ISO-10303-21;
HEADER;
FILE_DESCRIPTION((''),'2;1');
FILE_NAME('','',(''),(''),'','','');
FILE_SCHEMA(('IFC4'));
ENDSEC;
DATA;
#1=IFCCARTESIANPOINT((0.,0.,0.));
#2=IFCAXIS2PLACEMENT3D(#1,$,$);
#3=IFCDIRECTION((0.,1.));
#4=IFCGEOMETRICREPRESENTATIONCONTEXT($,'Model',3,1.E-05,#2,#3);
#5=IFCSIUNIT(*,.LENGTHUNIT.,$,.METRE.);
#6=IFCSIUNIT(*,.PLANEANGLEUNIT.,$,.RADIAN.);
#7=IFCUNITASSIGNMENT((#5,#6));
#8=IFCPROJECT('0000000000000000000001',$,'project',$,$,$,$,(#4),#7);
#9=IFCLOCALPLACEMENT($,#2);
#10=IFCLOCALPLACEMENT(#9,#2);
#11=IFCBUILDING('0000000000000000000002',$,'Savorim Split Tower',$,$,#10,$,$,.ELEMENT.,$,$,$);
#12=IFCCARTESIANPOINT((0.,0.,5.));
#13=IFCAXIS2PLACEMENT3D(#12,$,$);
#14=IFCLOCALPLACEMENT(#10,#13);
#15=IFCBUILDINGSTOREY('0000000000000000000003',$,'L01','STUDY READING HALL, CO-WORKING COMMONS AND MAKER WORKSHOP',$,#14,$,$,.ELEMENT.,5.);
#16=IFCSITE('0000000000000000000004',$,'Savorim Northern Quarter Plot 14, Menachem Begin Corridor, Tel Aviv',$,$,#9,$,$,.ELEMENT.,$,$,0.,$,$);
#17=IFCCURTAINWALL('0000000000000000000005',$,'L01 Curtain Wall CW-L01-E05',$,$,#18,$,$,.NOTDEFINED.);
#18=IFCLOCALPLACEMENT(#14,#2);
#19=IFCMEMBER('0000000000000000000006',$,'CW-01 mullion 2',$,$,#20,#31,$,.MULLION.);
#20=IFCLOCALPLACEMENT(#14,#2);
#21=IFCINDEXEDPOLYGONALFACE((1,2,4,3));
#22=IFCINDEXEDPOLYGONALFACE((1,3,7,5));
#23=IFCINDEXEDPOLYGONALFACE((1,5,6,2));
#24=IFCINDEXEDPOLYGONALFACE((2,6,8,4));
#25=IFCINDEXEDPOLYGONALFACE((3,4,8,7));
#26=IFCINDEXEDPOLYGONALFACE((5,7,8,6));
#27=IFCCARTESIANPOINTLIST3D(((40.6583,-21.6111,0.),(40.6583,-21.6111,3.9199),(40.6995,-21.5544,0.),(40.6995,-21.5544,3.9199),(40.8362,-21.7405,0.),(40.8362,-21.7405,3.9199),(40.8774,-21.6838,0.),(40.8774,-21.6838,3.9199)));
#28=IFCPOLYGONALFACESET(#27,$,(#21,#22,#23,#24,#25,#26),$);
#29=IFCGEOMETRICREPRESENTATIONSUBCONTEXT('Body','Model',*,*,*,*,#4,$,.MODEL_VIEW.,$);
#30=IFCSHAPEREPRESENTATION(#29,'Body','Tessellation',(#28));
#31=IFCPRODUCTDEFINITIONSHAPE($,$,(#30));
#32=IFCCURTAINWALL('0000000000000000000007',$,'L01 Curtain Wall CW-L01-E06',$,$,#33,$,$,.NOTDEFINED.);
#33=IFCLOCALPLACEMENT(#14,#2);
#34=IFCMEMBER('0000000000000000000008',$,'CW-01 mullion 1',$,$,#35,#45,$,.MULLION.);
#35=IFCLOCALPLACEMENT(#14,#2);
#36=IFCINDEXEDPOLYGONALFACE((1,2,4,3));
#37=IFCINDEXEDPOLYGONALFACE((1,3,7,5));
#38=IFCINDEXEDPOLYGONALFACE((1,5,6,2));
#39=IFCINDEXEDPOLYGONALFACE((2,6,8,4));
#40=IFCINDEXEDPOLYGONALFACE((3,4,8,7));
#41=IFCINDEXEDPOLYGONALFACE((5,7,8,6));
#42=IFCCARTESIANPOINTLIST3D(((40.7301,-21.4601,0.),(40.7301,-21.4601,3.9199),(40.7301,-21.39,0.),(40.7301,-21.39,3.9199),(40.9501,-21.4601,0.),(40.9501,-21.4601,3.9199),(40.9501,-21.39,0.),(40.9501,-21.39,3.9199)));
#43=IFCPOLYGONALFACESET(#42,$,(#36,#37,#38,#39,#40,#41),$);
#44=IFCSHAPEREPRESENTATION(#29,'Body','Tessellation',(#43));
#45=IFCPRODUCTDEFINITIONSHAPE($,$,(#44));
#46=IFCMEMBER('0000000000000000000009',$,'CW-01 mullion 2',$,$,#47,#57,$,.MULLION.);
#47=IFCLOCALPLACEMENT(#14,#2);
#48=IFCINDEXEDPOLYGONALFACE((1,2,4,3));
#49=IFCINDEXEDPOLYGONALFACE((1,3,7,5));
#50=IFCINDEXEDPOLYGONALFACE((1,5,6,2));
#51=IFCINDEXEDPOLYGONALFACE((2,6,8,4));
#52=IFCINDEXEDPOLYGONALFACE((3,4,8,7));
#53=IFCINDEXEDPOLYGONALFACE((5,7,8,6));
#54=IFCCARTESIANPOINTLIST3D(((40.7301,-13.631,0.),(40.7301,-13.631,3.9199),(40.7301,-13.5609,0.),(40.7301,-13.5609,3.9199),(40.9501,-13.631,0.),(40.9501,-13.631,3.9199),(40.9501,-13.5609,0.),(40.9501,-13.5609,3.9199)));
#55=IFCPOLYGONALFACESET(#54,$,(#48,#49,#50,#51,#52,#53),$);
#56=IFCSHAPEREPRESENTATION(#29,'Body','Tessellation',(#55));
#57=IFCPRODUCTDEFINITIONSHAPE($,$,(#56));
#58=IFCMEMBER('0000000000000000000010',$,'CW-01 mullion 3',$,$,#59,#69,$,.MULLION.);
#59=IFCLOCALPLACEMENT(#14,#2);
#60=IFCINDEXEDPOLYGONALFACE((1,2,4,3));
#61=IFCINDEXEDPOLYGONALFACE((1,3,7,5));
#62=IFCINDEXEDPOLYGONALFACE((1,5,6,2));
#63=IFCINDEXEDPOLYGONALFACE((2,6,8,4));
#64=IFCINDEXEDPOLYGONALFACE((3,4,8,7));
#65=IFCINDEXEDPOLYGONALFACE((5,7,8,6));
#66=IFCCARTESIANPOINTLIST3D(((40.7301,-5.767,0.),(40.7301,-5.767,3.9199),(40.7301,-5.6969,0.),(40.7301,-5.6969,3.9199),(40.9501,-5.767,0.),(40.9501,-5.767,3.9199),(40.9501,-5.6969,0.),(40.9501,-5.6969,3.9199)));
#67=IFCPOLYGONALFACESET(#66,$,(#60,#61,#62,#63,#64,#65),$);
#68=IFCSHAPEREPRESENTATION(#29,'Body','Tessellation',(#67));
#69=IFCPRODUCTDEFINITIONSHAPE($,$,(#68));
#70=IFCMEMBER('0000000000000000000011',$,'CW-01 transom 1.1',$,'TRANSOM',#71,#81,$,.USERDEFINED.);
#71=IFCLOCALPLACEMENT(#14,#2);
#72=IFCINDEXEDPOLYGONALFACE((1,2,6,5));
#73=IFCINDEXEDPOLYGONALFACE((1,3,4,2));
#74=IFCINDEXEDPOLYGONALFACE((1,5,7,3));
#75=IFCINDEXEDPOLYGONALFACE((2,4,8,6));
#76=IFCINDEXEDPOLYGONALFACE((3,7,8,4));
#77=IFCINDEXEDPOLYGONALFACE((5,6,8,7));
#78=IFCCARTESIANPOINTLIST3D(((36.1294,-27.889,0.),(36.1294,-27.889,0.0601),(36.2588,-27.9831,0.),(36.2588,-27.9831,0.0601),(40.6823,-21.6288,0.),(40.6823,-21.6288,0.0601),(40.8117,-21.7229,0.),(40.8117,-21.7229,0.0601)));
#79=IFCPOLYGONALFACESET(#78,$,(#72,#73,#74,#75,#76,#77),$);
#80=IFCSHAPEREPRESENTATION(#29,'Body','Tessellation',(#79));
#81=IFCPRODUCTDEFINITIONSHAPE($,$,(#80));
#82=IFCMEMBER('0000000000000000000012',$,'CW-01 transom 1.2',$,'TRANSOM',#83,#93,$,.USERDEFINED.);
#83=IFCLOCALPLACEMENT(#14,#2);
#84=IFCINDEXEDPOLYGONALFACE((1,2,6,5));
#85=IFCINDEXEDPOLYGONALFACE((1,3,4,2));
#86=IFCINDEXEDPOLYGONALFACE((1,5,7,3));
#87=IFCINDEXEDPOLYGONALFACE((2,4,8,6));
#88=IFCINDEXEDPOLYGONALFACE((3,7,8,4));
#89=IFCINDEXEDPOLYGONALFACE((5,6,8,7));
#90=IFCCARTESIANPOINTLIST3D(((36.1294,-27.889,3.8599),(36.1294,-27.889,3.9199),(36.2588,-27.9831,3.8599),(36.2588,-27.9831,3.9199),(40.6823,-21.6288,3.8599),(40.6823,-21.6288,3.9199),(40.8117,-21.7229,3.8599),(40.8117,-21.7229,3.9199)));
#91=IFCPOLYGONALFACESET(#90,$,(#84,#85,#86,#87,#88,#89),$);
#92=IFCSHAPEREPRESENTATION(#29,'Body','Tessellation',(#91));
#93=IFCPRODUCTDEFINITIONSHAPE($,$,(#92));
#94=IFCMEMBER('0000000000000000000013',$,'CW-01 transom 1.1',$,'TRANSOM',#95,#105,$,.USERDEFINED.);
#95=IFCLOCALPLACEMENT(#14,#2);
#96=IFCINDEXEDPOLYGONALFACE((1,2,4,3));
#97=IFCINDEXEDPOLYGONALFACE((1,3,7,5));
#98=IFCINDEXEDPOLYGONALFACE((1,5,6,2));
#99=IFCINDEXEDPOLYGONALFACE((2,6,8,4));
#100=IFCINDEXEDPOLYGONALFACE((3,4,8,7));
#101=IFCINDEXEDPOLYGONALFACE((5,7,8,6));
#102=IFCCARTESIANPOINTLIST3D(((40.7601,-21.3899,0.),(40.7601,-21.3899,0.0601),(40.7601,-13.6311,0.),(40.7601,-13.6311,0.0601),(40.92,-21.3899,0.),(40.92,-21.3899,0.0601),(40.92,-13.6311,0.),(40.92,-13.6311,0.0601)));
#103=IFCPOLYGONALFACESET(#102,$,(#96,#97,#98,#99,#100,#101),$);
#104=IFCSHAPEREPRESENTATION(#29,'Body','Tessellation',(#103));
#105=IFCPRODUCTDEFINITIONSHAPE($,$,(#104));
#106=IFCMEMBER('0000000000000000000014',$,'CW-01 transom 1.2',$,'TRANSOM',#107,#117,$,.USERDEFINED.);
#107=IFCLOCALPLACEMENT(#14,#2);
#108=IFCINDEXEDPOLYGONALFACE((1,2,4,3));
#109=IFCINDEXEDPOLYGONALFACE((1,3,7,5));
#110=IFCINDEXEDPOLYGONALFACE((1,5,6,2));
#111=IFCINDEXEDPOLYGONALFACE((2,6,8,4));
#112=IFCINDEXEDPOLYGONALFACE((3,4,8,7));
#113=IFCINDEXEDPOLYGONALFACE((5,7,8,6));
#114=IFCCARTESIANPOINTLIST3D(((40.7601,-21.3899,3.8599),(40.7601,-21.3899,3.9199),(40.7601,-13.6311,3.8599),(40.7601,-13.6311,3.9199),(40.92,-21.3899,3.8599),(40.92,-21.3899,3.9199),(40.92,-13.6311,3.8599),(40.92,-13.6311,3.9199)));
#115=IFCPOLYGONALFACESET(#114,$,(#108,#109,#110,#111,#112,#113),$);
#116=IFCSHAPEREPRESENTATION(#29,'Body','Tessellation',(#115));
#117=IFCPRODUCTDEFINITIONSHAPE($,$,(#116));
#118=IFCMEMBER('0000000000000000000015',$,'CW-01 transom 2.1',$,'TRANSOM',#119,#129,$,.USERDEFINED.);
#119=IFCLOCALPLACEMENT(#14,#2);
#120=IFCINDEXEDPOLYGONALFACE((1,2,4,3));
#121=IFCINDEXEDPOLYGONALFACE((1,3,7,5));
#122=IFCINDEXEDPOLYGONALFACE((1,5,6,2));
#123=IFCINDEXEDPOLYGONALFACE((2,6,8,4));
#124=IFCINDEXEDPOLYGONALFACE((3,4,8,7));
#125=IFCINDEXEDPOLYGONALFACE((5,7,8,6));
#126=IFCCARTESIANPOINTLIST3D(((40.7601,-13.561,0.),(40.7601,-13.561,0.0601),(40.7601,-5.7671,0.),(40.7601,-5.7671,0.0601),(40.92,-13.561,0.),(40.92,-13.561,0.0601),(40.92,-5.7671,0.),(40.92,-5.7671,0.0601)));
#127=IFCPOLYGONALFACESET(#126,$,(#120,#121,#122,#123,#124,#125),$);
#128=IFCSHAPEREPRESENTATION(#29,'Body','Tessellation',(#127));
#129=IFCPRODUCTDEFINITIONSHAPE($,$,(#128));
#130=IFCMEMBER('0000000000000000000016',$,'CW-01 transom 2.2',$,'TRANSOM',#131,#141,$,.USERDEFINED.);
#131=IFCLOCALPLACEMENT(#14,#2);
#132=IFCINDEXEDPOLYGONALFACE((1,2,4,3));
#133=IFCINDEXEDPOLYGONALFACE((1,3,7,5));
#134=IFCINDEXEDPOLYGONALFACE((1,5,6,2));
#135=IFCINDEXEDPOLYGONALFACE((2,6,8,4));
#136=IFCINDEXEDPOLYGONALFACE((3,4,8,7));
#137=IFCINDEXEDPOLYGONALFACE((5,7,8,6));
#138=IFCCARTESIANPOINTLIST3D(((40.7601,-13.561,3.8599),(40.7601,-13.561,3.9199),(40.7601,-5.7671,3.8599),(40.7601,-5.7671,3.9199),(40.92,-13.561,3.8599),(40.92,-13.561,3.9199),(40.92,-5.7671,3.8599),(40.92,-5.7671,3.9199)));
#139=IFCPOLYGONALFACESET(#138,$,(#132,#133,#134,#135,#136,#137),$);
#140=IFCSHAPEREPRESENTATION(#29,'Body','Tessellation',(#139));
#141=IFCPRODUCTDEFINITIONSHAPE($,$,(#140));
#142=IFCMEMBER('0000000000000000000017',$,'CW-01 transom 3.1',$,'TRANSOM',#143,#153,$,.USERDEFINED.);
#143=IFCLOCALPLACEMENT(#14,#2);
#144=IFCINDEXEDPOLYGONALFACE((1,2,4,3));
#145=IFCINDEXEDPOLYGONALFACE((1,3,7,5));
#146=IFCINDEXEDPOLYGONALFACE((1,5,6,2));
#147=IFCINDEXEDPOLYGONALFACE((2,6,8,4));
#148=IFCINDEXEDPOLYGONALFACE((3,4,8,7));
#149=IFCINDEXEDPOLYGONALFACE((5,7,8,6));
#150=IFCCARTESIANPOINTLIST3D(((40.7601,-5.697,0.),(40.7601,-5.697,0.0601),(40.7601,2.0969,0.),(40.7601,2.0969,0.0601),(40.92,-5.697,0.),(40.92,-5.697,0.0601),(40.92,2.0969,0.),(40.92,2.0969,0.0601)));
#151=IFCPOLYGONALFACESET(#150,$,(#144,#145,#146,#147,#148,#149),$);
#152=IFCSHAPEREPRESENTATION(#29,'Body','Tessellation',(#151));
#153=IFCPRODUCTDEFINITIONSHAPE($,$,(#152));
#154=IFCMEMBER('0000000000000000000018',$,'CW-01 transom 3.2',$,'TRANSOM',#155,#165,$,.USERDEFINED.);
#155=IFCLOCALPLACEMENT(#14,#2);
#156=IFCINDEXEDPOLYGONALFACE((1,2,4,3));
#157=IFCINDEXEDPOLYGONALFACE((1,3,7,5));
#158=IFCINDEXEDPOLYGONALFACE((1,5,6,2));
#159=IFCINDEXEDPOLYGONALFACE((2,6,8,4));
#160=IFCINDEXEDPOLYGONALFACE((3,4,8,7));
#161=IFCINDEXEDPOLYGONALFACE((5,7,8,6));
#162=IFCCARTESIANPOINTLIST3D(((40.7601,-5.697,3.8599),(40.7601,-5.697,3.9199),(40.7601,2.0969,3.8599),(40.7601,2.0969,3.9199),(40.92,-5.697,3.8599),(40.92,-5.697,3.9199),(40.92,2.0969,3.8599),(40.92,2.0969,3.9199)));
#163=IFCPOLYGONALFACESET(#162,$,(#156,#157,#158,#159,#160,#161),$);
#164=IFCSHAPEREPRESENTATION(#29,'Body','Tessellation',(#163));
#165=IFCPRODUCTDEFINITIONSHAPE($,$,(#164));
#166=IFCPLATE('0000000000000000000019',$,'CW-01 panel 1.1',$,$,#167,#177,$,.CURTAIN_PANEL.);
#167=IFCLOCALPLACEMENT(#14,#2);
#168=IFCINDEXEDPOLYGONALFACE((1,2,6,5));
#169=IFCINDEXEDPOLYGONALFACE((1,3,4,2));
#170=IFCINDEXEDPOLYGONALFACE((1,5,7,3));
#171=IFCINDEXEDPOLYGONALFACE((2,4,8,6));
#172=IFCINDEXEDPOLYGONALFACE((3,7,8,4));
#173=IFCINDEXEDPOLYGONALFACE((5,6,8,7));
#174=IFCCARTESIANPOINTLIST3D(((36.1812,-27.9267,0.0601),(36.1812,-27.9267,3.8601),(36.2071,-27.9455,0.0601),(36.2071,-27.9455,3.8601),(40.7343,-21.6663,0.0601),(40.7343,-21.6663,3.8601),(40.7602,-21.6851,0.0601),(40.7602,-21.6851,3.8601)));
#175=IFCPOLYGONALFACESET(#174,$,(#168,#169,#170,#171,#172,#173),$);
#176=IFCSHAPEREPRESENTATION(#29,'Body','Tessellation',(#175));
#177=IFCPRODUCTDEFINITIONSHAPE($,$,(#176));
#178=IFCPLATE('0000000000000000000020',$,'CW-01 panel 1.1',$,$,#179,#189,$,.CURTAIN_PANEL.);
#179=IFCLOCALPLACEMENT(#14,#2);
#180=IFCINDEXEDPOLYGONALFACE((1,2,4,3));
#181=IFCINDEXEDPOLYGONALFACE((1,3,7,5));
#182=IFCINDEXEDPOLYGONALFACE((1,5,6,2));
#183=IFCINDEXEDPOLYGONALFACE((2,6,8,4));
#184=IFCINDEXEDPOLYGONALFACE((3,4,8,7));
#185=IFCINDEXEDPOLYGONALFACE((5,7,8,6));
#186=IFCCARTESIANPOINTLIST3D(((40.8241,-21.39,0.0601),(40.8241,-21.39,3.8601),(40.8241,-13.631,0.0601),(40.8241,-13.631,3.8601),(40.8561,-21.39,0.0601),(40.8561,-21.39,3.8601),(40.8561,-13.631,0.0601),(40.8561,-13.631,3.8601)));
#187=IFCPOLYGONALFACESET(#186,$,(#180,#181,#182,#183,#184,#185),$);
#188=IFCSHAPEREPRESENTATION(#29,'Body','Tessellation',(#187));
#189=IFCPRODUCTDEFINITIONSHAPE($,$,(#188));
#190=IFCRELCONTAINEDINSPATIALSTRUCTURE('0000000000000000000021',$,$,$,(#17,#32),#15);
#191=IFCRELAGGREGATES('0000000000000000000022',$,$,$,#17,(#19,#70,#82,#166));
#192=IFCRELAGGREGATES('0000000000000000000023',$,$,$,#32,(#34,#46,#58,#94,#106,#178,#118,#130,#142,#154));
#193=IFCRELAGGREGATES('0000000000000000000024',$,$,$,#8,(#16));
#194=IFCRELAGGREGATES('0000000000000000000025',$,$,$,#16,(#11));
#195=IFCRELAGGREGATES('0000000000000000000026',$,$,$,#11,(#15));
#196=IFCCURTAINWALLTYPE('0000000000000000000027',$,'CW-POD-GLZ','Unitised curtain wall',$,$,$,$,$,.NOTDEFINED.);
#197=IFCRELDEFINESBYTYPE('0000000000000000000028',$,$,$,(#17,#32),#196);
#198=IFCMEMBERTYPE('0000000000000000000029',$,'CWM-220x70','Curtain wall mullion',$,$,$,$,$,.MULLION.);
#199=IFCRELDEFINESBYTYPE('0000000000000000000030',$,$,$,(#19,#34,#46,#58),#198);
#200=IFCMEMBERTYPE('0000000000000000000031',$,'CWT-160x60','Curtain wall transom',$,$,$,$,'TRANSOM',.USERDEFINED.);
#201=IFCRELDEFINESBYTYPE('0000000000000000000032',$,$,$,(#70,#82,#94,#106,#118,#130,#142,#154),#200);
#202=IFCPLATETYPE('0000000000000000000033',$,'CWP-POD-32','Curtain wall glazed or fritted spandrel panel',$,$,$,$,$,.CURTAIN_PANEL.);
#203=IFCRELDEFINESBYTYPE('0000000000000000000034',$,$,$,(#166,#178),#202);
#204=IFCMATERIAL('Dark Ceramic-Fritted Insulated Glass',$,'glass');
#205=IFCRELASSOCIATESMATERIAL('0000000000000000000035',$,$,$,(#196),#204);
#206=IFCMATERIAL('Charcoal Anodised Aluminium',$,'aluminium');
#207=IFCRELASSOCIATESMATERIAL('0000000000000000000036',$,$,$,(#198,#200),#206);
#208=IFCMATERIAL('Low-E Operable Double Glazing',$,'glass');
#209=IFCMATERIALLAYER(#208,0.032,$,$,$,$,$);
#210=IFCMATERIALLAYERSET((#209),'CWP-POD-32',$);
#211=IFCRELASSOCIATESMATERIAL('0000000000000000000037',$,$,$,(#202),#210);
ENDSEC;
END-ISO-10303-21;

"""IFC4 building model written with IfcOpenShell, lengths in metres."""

from ifc_helpers import new_model, si_unit, direction, frame, origin, origin_2d, place, context, subcontext, project, spatial, rectangle, extrude, material, layer, layer_set, material_profile, profile_set, type_object, element, aggregate, save


model = new_model("IFC4")

# Units and contexts
model_context = context("Model", 3, precision=1e-05, world=origin(), true_north=direction((0.0, 1.0)))
body_context = subcontext(model_context, "Body", "Model", "MODEL_VIEW")
ifc_project = project(units=[si_unit("LENGTHUNIT", "METRE"), si_unit("PLANEANGLEUNIT", "RADIAN")], contexts=[model_context])

# Site, building, storey
site_placement = place(None, origin())
site = spatial("IfcSite", under=ifc_project, at=site_placement, Name="Savorim Northern Quarter Plot 14, Menachem Begin Corridor, Tel Aviv", CompositionType="ELEMENT", RefElevation=0.0)
building_placement = place(site_placement, origin())
building = spatial("IfcBuilding", under=site, at=building_placement, Name="Savorim Split Tower", CompositionType="ELEMENT")
storey_placement = place(building_placement, frame((0.0, 0.0, 5.0)))
storey = spatial("IfcBuildingStorey", under=building, at=storey_placement, Name="L01", Description="STUDY READING HALL, CO-WORKING COMMONS AND MAKER WORKSHOP", CompositionType="ELEMENT", Elevation=5.0)

# Shared definitions
ifc_material_1 = material(Name="Dark Ceramic-Fritted Insulated Glass", Category="glass")
curtain_wall_type = type_object("IfcCurtainWallType", Name="CW-POD-GLZ", Description="Unitised curtain wall", PredefinedType="NOTDEFINED", material=ifc_material_1)
ifc_material_2 = material(Name="Charcoal Anodised Aluminium", Category="aluminium")
ifc_material_profile_1 = material_profile(ifc_material_2, rectangle(XDim=0.22, YDim=0.0701, at=origin_2d()), Name="ALU-M 220x70")
ifc_profile_set_1 = profile_set([ifc_material_profile_1], Name="Charcoal Anodised Aluminium")
member_type_1 = type_object("IfcMemberType", Name="CWM-220x70", Description="Curtain wall mullion", PredefinedType="MULLION", material=ifc_profile_set_1)

# Curtain walls, members
curtain_wall_1_placement = place(storey_placement, origin())
curtain_wall_1 = element("IfcCurtainWall", 1, at=curtain_wall_1_placement, inside=storey, type_object=curtain_wall_type, Name="L01 Curtain Wall CW-L01-E05", PredefinedType="NOTDEFINED")
member_1_placement = place(storey_placement, frame((40.7678, -21.6475, 0.0), z_axis=(0.0, 0.0, 1.0), x_axis=(-0.808733, 0.588176, 0.0)))
member_1 = element("IfcMember", 2, at=member_1_placement, type_object=member_type_1, Name="CW-01 mullion 2", PredefinedType="MULLION", context=body_context, shape_type="SweptSolid", body=[
    extrude(rectangle(XDim=0.22, YDim=0.0701, at=origin_2d()), origin(), (0.0, 0.0, 1.0), 3.9199),
])
curtain_wall_2_placement = place(storey_placement, origin())
curtain_wall_2 = element("IfcCurtainWall", 3, at=curtain_wall_2_placement, inside=storey, type_object=curtain_wall_type, Name="L01 Curtain Wall CW-L01-E06", PredefinedType="NOTDEFINED")
member_2_placement = place(storey_placement, frame((40.8401, -21.425, 0.0), z_axis=(0.0, 0.0, 1.0), x_axis=(-1.0, 0.0, 0.0)))
member_2 = element("IfcMember", 4, at=member_2_placement, type_object=member_type_1, Name="CW-01 mullion 1", PredefinedType="MULLION", context=body_context, shape_type="SweptSolid", body=[
    extrude(rectangle(XDim=0.22, YDim=0.0701, at=origin_2d()), origin(), (0.0, 0.0, 1.0), 3.9199),
])
member_3_placement = place(storey_placement, frame((40.8401, -13.5959, 0.0), z_axis=(0.0, 0.0, 1.0), x_axis=(-1.0, 0.0, 0.0)))
member_3 = element("IfcMember", 5, at=member_3_placement, type_object=member_type_1, Name="CW-01 mullion 2", PredefinedType="MULLION", context=body_context, shape_type="SweptSolid", body=[
    extrude(rectangle(XDim=0.22, YDim=0.0701, at=origin_2d()), origin(), (0.0, 0.0, 1.0), 3.9199),
])
member_4_placement = place(storey_placement, frame((40.8401, -5.7319, 0.0), z_axis=(0.0, 0.0, 1.0), x_axis=(-1.0, 0.0, 0.0)))
member_4 = element("IfcMember", 6, at=member_4_placement, type_object=member_type_1, Name="CW-01 mullion 3", PredefinedType="MULLION", context=body_context, shape_type="SweptSolid", body=[
    extrude(rectangle(XDim=0.22, YDim=0.0701, at=origin_2d()), origin(), (0.0, 0.0, 1.0), 3.9199),
])

# Members
ifc_material_profile_2 = material_profile(ifc_material_2, rectangle(XDim=0.1599, YDim=0.0601, at=origin_2d()), Name="ALU-T 160x60")
ifc_profile_set_2 = profile_set([ifc_material_profile_2], Name="Charcoal Anodised Aluminium")
member_type_2 = type_object("IfcMemberType", Name="CWT-160x60", Description="Curtain wall transom", ElementType="TRANSOM", PredefinedType="USERDEFINED", material=ifc_profile_set_2)
member_5_placement = place(storey_placement, frame((36.1941, -27.936, 0.03), z_axis=(0.588177, 0.808732, 0.0), x_axis=(-0.808732, 0.588177, 0.0)))
member_5 = element("IfcMember", 7, at=member_5_placement, type_object=member_type_2, Name="CW-01 transom 1.1", ObjectType="TRANSOM", PredefinedType="USERDEFINED", context=body_context, shape_type="SweptSolid", body=[
    extrude(rectangle(XDim=0.1599, YDim=0.0601, at=origin_2d()), origin(), (0.0, 0.0, 1.0), 7.7407),
])
member_6_placement = place(storey_placement, frame((36.1941, -27.936, 3.8899), z_axis=(0.588177, 0.808732, 0.0), x_axis=(-0.808732, 0.588177, 0.0)))
member_6 = element("IfcMember", 8, at=member_6_placement, type_object=member_type_2, Name="CW-01 transom 1.2", ObjectType="TRANSOM", PredefinedType="USERDEFINED", context=body_context, shape_type="SweptSolid", body=[
    extrude(rectangle(XDim=0.1599, YDim=0.0601, at=origin_2d()), origin(), (0.0, 0.0, 1.0), 7.7407),
])
member_7_placement = place(storey_placement, frame((40.8401, -21.3899, 0.03), z_axis=(0.0, 1.0, 0.0), x_axis=(-1.0, 0.0, 0.0)))
member_7 = element("IfcMember", 9, at=member_7_placement, type_object=member_type_2, Name="CW-01 transom 1.1", ObjectType="TRANSOM", PredefinedType="USERDEFINED", context=body_context, shape_type="SweptSolid", body=[
    extrude(rectangle(XDim=0.1599, YDim=0.0601, at=origin_2d()), origin(), (0.0, 0.0, 1.0), 7.7588),
])
member_8_placement = place(storey_placement, frame((40.8401, -21.3899, 3.8899), z_axis=(0.0, 1.0, 0.0), x_axis=(-1.0, 0.0, 0.0)))
member_8 = element("IfcMember", 10, at=member_8_placement, type_object=member_type_2, Name="CW-01 transom 1.2", ObjectType="TRANSOM", PredefinedType="USERDEFINED", context=body_context, shape_type="SweptSolid", body=[
    extrude(rectangle(XDim=0.1599, YDim=0.0601, at=origin_2d()), origin(), (0.0, 0.0, 1.0), 7.7588),
])
member_9_placement = place(storey_placement, frame((40.8401, -13.561, 0.03), z_axis=(0.0, 1.0, 0.0), x_axis=(-1.0, 0.0, 0.0)))
member_9 = element("IfcMember", 11, at=member_9_placement, type_object=member_type_2, Name="CW-01 transom 2.1", ObjectType="TRANSOM", PredefinedType="USERDEFINED", context=body_context, shape_type="SweptSolid", body=[
    extrude(rectangle(XDim=0.1599, YDim=0.0601, at=origin_2d()), origin(), (0.0, 0.0, 1.0), 7.7939),
])
member_10_placement = place(storey_placement, frame((40.8401, -13.561, 3.8899), z_axis=(0.0, 1.0, 0.0), x_axis=(-1.0, 0.0, 0.0)))
member_10 = element("IfcMember", 12, at=member_10_placement, type_object=member_type_2, Name="CW-01 transom 2.2", ObjectType="TRANSOM", PredefinedType="USERDEFINED", context=body_context, shape_type="SweptSolid", body=[
    extrude(rectangle(XDim=0.1599, YDim=0.0601, at=origin_2d()), origin(), (0.0, 0.0, 1.0), 7.7939),
])
member_11_placement = place(storey_placement, frame((40.8401, -5.697, 0.03), z_axis=(0.0, 1.0, 0.0), x_axis=(-1.0, 0.0, 0.0)))
member_11 = element("IfcMember", 13, at=member_11_placement, type_object=member_type_2, Name="CW-01 transom 3.1", ObjectType="TRANSOM", PredefinedType="USERDEFINED", context=body_context, shape_type="SweptSolid", body=[
    extrude(rectangle(XDim=0.1599, YDim=0.0601, at=origin_2d()), origin(), (0.0, 0.0, 1.0), 7.7939),
])
member_12_placement = place(storey_placement, frame((40.8401, -5.697, 3.8899), z_axis=(0.0, 1.0, 0.0), x_axis=(-1.0, 0.0, 0.0)))
member_12 = element("IfcMember", 14, at=member_12_placement, type_object=member_type_2, Name="CW-01 transom 3.2", ObjectType="TRANSOM", PredefinedType="USERDEFINED", context=body_context, shape_type="SweptSolid", body=[
    extrude(rectangle(XDim=0.1599, YDim=0.0601, at=origin_2d()), origin(), (0.0, 0.0, 1.0), 7.7939),
])

# Plates
ifc_material_3 = material(Name="Low-E Operable Double Glazing", Category="glass")
ifc_layer = layer(ifc_material_3, 0.032)
ifc_layer_set = layer_set([ifc_layer], Name="CWP-POD-32")
plate_type = type_object("IfcPlateType", Name="CWP-POD-32", Description="Curtain wall glazed or fritted spandrel panel", PredefinedType="CURTAIN_PANEL", material=ifc_layer_set)
plate_1_placement = place(storey_placement, frame((38.4707, -24.8059, 0.0601), z_axis=(0.0, 0.0, 1.0), x_axis=(0.588176, 0.808733, 0.0)))
plate_1 = element("IfcPlate", 15, at=plate_1_placement, type_object=plate_type, Name="CW-01 panel 1.1", PredefinedType="CURTAIN_PANEL", context=body_context, shape_type="SweptSolid", body=[
    extrude(rectangle(XDim=7.741, YDim=0.032, at=origin_2d()), origin(), (0.0, 0.0, 1.0), 3.8),
])
aggregate(curtain_wall_1, [member_1, member_5, member_6, plate_1])
plate_2_placement = place(storey_placement, frame((40.8401, -17.5105, 0.0601), z_axis=(0.0, 0.0, 1.0), x_axis=(0.0, 1.0, 0.0)))
plate_2 = element("IfcPlate", 16, at=plate_2_placement, type_object=plate_type, Name="CW-01 panel 1.1", PredefinedType="CURTAIN_PANEL", context=body_context, shape_type="SweptSolid", body=[
    extrude(rectangle(XDim=7.759, YDim=0.032, at=origin_2d()), origin(), (0.0, 0.0, 1.0), 3.8),
])
aggregate(curtain_wall_2, [member_2, member_3, member_4, member_7, member_8, plate_2, member_9, member_10, member_11, member_12])

save(model, "model.ifc")
